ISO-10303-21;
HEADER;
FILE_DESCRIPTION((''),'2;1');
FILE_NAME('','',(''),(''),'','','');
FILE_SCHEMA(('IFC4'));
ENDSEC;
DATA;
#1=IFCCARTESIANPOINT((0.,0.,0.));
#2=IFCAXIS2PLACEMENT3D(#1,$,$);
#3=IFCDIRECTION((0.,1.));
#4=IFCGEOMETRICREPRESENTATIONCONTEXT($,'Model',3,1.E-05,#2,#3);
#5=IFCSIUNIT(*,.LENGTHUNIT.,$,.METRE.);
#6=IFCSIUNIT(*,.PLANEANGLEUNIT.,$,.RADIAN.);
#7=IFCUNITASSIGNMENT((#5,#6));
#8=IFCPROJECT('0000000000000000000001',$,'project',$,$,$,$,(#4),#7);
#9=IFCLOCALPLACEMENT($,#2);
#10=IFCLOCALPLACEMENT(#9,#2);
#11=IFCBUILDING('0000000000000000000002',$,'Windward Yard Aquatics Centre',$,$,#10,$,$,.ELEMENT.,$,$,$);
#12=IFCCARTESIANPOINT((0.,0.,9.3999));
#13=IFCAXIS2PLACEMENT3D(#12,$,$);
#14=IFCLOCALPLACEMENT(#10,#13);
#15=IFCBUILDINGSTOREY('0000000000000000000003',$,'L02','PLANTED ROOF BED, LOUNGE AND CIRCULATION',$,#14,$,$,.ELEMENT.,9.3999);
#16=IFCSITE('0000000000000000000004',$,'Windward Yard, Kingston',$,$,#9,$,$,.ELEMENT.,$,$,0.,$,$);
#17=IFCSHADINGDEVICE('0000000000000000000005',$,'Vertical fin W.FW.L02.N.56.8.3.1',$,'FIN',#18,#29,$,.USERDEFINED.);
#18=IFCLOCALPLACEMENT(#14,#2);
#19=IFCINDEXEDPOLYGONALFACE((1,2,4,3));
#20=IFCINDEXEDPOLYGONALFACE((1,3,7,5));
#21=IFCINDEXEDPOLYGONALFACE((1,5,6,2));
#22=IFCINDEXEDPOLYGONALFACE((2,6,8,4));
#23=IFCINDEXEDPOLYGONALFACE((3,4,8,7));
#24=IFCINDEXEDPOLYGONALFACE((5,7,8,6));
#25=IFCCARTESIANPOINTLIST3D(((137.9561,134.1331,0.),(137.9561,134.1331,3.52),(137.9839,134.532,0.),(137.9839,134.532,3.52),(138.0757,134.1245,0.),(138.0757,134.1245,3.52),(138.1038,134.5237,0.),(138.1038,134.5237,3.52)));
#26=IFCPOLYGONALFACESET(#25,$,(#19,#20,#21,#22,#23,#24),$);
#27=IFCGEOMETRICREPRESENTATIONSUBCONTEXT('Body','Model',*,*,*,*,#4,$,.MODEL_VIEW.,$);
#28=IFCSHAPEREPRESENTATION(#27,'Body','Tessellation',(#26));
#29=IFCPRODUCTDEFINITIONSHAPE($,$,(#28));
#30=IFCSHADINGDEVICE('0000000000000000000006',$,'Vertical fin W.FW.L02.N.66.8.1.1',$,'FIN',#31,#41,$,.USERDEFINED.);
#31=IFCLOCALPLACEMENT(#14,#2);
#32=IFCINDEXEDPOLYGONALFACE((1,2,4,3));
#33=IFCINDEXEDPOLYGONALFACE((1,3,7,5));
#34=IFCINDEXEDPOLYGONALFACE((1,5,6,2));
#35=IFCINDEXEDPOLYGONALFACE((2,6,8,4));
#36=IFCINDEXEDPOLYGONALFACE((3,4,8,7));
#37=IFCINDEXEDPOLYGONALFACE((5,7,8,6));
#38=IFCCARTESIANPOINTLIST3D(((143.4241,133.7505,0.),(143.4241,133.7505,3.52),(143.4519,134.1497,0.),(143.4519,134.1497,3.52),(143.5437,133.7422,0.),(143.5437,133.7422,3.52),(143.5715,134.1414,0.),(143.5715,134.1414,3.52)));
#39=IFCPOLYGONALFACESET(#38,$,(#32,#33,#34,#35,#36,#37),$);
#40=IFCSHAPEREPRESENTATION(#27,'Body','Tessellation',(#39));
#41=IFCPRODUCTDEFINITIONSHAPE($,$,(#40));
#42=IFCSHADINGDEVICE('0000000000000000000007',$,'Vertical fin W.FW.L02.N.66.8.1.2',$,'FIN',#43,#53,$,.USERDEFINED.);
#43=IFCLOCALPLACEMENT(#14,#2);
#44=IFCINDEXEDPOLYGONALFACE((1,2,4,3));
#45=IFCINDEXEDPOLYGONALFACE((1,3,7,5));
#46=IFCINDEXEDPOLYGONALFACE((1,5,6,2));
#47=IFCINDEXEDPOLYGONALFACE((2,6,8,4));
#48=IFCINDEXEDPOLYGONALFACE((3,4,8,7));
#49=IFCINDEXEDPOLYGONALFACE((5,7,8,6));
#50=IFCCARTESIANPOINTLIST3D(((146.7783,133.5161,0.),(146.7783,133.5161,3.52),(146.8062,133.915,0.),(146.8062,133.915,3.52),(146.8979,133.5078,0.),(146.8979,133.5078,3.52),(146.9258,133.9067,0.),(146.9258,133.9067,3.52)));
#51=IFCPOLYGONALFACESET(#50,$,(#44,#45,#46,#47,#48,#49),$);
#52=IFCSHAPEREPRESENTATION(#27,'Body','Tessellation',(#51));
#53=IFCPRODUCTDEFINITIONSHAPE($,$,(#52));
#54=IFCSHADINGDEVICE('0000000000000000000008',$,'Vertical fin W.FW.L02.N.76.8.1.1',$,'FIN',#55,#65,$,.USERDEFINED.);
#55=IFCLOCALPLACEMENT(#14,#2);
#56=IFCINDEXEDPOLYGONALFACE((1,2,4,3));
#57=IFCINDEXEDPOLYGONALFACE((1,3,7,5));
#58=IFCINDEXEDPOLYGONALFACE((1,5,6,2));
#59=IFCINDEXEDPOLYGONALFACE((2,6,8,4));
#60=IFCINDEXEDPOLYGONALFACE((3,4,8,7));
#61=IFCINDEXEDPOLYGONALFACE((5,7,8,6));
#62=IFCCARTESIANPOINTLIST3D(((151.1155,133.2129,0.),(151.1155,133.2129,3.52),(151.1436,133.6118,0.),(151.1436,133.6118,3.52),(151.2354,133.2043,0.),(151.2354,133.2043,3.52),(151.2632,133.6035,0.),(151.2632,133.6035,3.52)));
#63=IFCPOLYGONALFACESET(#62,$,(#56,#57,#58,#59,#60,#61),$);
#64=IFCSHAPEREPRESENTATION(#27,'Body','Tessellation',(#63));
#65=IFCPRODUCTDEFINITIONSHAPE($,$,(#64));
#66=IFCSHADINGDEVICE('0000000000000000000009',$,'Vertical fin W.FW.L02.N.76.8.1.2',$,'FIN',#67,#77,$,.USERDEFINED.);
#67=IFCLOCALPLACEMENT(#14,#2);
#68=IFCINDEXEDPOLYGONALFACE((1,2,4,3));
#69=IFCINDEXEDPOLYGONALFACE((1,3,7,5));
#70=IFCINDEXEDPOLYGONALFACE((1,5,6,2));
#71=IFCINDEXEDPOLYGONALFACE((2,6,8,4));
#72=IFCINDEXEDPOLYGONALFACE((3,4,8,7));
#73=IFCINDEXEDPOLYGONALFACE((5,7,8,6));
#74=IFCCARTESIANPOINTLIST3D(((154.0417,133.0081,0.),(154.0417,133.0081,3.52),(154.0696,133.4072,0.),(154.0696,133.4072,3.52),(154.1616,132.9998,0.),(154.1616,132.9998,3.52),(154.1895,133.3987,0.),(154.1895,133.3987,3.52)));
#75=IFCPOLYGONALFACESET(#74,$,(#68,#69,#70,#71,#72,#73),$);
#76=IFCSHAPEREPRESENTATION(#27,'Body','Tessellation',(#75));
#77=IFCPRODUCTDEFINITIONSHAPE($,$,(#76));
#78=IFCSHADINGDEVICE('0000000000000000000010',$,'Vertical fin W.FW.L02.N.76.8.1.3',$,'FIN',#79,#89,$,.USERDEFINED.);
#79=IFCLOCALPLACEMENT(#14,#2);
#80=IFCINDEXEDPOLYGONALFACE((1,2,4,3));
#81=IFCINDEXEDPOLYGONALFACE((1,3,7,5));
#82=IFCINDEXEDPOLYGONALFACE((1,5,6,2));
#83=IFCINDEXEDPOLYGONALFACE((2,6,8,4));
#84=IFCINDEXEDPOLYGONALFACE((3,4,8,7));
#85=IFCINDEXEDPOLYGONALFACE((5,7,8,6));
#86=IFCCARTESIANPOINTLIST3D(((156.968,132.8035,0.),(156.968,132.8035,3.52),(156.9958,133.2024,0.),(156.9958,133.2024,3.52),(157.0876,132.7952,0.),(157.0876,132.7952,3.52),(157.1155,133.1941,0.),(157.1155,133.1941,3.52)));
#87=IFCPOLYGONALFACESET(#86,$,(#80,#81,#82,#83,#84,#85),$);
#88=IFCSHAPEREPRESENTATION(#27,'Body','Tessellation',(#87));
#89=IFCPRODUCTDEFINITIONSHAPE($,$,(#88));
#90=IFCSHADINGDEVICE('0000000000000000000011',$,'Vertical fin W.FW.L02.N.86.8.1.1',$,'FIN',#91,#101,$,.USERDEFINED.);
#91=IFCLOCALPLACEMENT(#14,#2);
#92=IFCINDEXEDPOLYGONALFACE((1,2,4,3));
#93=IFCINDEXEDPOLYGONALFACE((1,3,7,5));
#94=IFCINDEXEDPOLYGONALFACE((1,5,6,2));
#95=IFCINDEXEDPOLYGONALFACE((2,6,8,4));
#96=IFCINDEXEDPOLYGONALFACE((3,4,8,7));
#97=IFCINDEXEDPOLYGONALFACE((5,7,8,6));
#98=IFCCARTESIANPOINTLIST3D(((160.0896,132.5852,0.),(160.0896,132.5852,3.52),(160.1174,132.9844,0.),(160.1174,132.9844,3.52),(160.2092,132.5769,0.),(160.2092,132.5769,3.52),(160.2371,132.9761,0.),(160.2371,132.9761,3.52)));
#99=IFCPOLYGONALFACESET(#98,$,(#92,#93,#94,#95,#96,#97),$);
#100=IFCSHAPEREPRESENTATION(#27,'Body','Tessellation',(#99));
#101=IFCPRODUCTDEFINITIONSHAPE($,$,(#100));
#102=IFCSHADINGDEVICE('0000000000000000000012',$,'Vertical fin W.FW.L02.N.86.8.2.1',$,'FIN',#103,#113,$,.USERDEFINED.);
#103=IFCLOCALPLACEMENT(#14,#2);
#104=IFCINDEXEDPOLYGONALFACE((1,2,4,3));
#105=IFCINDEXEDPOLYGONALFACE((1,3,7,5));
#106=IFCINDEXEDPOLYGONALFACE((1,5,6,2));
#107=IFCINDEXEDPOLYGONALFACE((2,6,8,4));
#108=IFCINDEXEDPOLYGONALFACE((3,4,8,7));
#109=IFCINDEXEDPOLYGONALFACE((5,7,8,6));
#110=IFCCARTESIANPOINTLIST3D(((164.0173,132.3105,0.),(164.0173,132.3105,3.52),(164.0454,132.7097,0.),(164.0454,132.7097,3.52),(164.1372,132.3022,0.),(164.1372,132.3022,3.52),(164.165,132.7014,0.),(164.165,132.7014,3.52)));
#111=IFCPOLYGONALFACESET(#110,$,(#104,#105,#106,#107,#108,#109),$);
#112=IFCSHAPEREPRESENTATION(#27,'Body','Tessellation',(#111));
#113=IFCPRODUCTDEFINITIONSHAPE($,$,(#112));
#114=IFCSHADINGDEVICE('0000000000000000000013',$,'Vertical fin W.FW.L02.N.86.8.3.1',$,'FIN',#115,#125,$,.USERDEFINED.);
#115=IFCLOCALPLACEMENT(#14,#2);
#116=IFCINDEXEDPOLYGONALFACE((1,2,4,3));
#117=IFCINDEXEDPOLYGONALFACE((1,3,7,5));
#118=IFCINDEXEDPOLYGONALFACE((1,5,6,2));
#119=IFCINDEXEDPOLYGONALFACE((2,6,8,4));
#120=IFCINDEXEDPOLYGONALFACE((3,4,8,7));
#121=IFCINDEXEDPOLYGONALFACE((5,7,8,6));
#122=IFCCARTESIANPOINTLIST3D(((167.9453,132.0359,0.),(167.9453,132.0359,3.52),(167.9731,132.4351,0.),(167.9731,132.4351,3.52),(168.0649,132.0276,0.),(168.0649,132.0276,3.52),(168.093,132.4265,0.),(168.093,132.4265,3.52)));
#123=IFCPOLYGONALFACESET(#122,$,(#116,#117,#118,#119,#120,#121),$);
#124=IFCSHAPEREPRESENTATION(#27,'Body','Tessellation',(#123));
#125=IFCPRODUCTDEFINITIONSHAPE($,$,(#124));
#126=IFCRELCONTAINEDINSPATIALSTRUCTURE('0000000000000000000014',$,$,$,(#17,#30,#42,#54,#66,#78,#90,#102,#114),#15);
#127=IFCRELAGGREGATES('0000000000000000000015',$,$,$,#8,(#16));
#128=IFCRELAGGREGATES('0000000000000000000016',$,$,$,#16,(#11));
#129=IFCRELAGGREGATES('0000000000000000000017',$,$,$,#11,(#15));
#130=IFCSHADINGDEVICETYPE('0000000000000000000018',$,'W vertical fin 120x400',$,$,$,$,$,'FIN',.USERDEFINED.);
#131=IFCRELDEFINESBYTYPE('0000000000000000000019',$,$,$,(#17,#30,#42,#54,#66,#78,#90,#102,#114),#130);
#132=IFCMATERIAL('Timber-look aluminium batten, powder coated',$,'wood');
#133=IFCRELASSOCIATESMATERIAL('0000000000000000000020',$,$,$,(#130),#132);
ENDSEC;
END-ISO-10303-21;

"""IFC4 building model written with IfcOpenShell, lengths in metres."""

from ifc_helpers import new_model, si_unit, direction, frame, origin, place, context, subcontext, project, spatial, polyline, outline, extrude, material, type_object, element, save


model = new_model("IFC4")

# Units and contexts
model_context = context("Model", 3, precision=1e-05, world=origin(), true_north=direction((0.0, 1.0)))
body_context = subcontext(model_context, "Body", "Model", "MODEL_VIEW")
ifc_project = project(units=[si_unit("LENGTHUNIT", "METRE"), si_unit("PLANEANGLEUNIT", "RADIAN")], contexts=[model_context])

# Site, building, storey
site_placement = place(None, origin())
site = spatial("IfcSite", under=ifc_project, at=site_placement, Name="Windward Yard, Kingston", CompositionType="ELEMENT", RefElevation=0.0)
building_placement = place(site_placement, origin())
building = spatial("IfcBuilding", under=site, at=building_placement, Name="Windward Yard Aquatics Centre", CompositionType="ELEMENT")
storey_placement = place(building_placement, frame((0.0, 0.0, 9.3999)))
storey = spatial("IfcBuildingStorey", under=building, at=storey_placement, Name="L02", Description="PLANTED ROOF BED, LOUNGE AND CIRCULATION", CompositionType="ELEMENT", Elevation=9.3999)

# Shading devices
ifc_material_1 = material(Name="Timber-look aluminium batten, powder coated", Category="wood")
shading_device_type_1 = type_object("IfcShadingDeviceType", Name="W vertical fin 120x400", ElementType="FIN", PredefinedType="USERDEFINED", material=ifc_material_1)
shading_device_1_placement = place(storey_placement, origin())
element("IfcShadingDevice", 1, at=shading_device_1_placement, inside=storey, type_object=shading_device_type_1, Name="Vertical fin W.FW.L02.N.56.8.3.1", ObjectType="FIN", PredefinedType="USERDEFINED", context=body_context, shape_type="SweptSolid", body=[
    extrude(outline(polyline([(137.9561, 134.1331), (138.0757, 134.1245), (138.1038, 134.5237), (137.9839, 134.532), (137.9561, 134.1331)])), origin(), (0.0, 0.0, 1.0), 3.52),
])
shading_device_2_placement = place(storey_placement, origin())
element("IfcShadingDevice", 2, at=shading_device_2_placement, inside=storey, type_object=shading_device_type_1, Name="Vertical fin W.FW.L02.N.66.8.1.1", ObjectType="FIN", PredefinedType="USERDEFINED", context=body_context, shape_type="SweptSolid", body=[
    extrude(outline(polyline([(143.4241, 133.7505), (143.5437, 133.7422), (143.5715, 134.1414), (143.4519, 134.1497), (143.4241, 133.7505)])), origin(), (0.0, 0.0, 1.0), 3.52),
])
shading_device_3_placement = place(storey_placement, origin())
element("IfcShadingDevice", 3, at=shading_device_3_placement, inside=storey, type_object=shading_device_type_1, Name="Vertical fin W.FW.L02.N.66.8.1.2", ObjectType="FIN", PredefinedType="USERDEFINED", context=body_context, shape_type="SweptSolid", body=[
    extrude(outline(polyline([(146.7783, 133.5161), (146.8979, 133.5078), (146.9258, 133.9067), (146.8062, 133.915), (146.7783, 133.5161)])), origin(), (0.0, 0.0, 1.0), 3.52),
])
shading_device_4_placement = place(storey_placement, origin())
element("IfcShadingDevice", 4, at=shading_device_4_placement, inside=storey, type_object=shading_device_type_1, Name="Vertical fin W.FW.L02.N.76.8.1.1", ObjectType="FIN", PredefinedType="USERDEFINED", context=body_context, shape_type="SweptSolid", body=[
    extrude(outline(polyline([(151.1155, 133.2129), (151.2354, 133.2043), (151.2632, 133.6035), (151.1436, 133.6118), (151.1155, 133.2129)])), origin(), (0.0, 0.0, 1.0), 3.52),
])
shading_device_5_placement = place(storey_placement, origin())
element("IfcShadingDevice", 5, at=shading_device_5_placement, inside=storey, type_object=shading_device_type_1, Name="Vertical fin W.FW.L02.N.76.8.1.2", ObjectType="FIN", PredefinedType="USERDEFINED", context=body_context, shape_type="SweptSolid", body=[
    extrude(outline(polyline([(154.0417, 133.0081), (154.1616, 132.9998), (154.1895, 133.3987), (154.0696, 133.4072), (154.0417, 133.0081)])), origin(), (0.0, 0.0, 1.0), 3.52),
])
shading_device_6_placement = place(storey_placement, origin())
element("IfcShadingDevice", 6, at=shading_device_6_placement, inside=storey, type_object=shading_device_type_1, Name="Vertical fin W.FW.L02.N.76.8.1.3", ObjectType="FIN", PredefinedType="USERDEFINED", context=body_context, shape_type="SweptSolid", body=[
    extrude(outline(polyline([(156.968, 132.8035), (157.0876, 132.7952), (157.1155, 133.1941), (156.9958, 133.2024), (156.968, 132.8035)])), origin(), (0.0, 0.0, 1.0), 3.52),
])
shading_device_7_placement = place(storey_placement, origin())
element("IfcShadingDevice", 7, at=shading_device_7_placement, inside=storey, type_object=shading_device_type_1, Name="Vertical fin W.FW.L02.N.86.8.1.1", ObjectType="FIN", PredefinedType="USERDEFINED", context=body_context, shape_type="SweptSolid", body=[
    extrude(outline(polyline([(160.0896, 132.5852), (160.2092, 132.5769), (160.2371, 132.9761), (160.1174, 132.9844), (160.0896, 132.5852)])), origin(), (0.0, 0.0, 1.0), 3.52),
])
shading_device_8_placement = place(storey_placement, origin())
element("IfcShadingDevice", 8, at=shading_device_8_placement, inside=storey, type_object=shading_device_type_1, Name="Vertical fin W.FW.L02.N.86.8.2.1", ObjectType="FIN", PredefinedType="USERDEFINED", context=body_context, shape_type="SweptSolid", body=[
    extrude(outline(polyline([(164.0173, 132.3105), (164.1372, 132.3022), (164.165, 132.7014), (164.0454, 132.7097), (164.0173, 132.3105)])), origin(), (0.0, 0.0, 1.0), 3.52),
])
shading_device_9_placement = place(storey_placement, origin())
element("IfcShadingDevice", 9, at=shading_device_9_placement, inside=storey, type_object=shading_device_type_1, Name="Vertical fin W.FW.L02.N.86.8.3.1", ObjectType="FIN", PredefinedType="USERDEFINED", context=body_context, shape_type="SweptSolid", body=[
    extrude(outline(polyline([(167.9453, 132.0359), (168.0649, 132.0276), (168.093, 132.4265), (167.9731, 132.4351), (167.9453, 132.0359)])), origin(), (0.0, 0.0, 1.0), 3.52),
])

save(model, "model.ifc")
